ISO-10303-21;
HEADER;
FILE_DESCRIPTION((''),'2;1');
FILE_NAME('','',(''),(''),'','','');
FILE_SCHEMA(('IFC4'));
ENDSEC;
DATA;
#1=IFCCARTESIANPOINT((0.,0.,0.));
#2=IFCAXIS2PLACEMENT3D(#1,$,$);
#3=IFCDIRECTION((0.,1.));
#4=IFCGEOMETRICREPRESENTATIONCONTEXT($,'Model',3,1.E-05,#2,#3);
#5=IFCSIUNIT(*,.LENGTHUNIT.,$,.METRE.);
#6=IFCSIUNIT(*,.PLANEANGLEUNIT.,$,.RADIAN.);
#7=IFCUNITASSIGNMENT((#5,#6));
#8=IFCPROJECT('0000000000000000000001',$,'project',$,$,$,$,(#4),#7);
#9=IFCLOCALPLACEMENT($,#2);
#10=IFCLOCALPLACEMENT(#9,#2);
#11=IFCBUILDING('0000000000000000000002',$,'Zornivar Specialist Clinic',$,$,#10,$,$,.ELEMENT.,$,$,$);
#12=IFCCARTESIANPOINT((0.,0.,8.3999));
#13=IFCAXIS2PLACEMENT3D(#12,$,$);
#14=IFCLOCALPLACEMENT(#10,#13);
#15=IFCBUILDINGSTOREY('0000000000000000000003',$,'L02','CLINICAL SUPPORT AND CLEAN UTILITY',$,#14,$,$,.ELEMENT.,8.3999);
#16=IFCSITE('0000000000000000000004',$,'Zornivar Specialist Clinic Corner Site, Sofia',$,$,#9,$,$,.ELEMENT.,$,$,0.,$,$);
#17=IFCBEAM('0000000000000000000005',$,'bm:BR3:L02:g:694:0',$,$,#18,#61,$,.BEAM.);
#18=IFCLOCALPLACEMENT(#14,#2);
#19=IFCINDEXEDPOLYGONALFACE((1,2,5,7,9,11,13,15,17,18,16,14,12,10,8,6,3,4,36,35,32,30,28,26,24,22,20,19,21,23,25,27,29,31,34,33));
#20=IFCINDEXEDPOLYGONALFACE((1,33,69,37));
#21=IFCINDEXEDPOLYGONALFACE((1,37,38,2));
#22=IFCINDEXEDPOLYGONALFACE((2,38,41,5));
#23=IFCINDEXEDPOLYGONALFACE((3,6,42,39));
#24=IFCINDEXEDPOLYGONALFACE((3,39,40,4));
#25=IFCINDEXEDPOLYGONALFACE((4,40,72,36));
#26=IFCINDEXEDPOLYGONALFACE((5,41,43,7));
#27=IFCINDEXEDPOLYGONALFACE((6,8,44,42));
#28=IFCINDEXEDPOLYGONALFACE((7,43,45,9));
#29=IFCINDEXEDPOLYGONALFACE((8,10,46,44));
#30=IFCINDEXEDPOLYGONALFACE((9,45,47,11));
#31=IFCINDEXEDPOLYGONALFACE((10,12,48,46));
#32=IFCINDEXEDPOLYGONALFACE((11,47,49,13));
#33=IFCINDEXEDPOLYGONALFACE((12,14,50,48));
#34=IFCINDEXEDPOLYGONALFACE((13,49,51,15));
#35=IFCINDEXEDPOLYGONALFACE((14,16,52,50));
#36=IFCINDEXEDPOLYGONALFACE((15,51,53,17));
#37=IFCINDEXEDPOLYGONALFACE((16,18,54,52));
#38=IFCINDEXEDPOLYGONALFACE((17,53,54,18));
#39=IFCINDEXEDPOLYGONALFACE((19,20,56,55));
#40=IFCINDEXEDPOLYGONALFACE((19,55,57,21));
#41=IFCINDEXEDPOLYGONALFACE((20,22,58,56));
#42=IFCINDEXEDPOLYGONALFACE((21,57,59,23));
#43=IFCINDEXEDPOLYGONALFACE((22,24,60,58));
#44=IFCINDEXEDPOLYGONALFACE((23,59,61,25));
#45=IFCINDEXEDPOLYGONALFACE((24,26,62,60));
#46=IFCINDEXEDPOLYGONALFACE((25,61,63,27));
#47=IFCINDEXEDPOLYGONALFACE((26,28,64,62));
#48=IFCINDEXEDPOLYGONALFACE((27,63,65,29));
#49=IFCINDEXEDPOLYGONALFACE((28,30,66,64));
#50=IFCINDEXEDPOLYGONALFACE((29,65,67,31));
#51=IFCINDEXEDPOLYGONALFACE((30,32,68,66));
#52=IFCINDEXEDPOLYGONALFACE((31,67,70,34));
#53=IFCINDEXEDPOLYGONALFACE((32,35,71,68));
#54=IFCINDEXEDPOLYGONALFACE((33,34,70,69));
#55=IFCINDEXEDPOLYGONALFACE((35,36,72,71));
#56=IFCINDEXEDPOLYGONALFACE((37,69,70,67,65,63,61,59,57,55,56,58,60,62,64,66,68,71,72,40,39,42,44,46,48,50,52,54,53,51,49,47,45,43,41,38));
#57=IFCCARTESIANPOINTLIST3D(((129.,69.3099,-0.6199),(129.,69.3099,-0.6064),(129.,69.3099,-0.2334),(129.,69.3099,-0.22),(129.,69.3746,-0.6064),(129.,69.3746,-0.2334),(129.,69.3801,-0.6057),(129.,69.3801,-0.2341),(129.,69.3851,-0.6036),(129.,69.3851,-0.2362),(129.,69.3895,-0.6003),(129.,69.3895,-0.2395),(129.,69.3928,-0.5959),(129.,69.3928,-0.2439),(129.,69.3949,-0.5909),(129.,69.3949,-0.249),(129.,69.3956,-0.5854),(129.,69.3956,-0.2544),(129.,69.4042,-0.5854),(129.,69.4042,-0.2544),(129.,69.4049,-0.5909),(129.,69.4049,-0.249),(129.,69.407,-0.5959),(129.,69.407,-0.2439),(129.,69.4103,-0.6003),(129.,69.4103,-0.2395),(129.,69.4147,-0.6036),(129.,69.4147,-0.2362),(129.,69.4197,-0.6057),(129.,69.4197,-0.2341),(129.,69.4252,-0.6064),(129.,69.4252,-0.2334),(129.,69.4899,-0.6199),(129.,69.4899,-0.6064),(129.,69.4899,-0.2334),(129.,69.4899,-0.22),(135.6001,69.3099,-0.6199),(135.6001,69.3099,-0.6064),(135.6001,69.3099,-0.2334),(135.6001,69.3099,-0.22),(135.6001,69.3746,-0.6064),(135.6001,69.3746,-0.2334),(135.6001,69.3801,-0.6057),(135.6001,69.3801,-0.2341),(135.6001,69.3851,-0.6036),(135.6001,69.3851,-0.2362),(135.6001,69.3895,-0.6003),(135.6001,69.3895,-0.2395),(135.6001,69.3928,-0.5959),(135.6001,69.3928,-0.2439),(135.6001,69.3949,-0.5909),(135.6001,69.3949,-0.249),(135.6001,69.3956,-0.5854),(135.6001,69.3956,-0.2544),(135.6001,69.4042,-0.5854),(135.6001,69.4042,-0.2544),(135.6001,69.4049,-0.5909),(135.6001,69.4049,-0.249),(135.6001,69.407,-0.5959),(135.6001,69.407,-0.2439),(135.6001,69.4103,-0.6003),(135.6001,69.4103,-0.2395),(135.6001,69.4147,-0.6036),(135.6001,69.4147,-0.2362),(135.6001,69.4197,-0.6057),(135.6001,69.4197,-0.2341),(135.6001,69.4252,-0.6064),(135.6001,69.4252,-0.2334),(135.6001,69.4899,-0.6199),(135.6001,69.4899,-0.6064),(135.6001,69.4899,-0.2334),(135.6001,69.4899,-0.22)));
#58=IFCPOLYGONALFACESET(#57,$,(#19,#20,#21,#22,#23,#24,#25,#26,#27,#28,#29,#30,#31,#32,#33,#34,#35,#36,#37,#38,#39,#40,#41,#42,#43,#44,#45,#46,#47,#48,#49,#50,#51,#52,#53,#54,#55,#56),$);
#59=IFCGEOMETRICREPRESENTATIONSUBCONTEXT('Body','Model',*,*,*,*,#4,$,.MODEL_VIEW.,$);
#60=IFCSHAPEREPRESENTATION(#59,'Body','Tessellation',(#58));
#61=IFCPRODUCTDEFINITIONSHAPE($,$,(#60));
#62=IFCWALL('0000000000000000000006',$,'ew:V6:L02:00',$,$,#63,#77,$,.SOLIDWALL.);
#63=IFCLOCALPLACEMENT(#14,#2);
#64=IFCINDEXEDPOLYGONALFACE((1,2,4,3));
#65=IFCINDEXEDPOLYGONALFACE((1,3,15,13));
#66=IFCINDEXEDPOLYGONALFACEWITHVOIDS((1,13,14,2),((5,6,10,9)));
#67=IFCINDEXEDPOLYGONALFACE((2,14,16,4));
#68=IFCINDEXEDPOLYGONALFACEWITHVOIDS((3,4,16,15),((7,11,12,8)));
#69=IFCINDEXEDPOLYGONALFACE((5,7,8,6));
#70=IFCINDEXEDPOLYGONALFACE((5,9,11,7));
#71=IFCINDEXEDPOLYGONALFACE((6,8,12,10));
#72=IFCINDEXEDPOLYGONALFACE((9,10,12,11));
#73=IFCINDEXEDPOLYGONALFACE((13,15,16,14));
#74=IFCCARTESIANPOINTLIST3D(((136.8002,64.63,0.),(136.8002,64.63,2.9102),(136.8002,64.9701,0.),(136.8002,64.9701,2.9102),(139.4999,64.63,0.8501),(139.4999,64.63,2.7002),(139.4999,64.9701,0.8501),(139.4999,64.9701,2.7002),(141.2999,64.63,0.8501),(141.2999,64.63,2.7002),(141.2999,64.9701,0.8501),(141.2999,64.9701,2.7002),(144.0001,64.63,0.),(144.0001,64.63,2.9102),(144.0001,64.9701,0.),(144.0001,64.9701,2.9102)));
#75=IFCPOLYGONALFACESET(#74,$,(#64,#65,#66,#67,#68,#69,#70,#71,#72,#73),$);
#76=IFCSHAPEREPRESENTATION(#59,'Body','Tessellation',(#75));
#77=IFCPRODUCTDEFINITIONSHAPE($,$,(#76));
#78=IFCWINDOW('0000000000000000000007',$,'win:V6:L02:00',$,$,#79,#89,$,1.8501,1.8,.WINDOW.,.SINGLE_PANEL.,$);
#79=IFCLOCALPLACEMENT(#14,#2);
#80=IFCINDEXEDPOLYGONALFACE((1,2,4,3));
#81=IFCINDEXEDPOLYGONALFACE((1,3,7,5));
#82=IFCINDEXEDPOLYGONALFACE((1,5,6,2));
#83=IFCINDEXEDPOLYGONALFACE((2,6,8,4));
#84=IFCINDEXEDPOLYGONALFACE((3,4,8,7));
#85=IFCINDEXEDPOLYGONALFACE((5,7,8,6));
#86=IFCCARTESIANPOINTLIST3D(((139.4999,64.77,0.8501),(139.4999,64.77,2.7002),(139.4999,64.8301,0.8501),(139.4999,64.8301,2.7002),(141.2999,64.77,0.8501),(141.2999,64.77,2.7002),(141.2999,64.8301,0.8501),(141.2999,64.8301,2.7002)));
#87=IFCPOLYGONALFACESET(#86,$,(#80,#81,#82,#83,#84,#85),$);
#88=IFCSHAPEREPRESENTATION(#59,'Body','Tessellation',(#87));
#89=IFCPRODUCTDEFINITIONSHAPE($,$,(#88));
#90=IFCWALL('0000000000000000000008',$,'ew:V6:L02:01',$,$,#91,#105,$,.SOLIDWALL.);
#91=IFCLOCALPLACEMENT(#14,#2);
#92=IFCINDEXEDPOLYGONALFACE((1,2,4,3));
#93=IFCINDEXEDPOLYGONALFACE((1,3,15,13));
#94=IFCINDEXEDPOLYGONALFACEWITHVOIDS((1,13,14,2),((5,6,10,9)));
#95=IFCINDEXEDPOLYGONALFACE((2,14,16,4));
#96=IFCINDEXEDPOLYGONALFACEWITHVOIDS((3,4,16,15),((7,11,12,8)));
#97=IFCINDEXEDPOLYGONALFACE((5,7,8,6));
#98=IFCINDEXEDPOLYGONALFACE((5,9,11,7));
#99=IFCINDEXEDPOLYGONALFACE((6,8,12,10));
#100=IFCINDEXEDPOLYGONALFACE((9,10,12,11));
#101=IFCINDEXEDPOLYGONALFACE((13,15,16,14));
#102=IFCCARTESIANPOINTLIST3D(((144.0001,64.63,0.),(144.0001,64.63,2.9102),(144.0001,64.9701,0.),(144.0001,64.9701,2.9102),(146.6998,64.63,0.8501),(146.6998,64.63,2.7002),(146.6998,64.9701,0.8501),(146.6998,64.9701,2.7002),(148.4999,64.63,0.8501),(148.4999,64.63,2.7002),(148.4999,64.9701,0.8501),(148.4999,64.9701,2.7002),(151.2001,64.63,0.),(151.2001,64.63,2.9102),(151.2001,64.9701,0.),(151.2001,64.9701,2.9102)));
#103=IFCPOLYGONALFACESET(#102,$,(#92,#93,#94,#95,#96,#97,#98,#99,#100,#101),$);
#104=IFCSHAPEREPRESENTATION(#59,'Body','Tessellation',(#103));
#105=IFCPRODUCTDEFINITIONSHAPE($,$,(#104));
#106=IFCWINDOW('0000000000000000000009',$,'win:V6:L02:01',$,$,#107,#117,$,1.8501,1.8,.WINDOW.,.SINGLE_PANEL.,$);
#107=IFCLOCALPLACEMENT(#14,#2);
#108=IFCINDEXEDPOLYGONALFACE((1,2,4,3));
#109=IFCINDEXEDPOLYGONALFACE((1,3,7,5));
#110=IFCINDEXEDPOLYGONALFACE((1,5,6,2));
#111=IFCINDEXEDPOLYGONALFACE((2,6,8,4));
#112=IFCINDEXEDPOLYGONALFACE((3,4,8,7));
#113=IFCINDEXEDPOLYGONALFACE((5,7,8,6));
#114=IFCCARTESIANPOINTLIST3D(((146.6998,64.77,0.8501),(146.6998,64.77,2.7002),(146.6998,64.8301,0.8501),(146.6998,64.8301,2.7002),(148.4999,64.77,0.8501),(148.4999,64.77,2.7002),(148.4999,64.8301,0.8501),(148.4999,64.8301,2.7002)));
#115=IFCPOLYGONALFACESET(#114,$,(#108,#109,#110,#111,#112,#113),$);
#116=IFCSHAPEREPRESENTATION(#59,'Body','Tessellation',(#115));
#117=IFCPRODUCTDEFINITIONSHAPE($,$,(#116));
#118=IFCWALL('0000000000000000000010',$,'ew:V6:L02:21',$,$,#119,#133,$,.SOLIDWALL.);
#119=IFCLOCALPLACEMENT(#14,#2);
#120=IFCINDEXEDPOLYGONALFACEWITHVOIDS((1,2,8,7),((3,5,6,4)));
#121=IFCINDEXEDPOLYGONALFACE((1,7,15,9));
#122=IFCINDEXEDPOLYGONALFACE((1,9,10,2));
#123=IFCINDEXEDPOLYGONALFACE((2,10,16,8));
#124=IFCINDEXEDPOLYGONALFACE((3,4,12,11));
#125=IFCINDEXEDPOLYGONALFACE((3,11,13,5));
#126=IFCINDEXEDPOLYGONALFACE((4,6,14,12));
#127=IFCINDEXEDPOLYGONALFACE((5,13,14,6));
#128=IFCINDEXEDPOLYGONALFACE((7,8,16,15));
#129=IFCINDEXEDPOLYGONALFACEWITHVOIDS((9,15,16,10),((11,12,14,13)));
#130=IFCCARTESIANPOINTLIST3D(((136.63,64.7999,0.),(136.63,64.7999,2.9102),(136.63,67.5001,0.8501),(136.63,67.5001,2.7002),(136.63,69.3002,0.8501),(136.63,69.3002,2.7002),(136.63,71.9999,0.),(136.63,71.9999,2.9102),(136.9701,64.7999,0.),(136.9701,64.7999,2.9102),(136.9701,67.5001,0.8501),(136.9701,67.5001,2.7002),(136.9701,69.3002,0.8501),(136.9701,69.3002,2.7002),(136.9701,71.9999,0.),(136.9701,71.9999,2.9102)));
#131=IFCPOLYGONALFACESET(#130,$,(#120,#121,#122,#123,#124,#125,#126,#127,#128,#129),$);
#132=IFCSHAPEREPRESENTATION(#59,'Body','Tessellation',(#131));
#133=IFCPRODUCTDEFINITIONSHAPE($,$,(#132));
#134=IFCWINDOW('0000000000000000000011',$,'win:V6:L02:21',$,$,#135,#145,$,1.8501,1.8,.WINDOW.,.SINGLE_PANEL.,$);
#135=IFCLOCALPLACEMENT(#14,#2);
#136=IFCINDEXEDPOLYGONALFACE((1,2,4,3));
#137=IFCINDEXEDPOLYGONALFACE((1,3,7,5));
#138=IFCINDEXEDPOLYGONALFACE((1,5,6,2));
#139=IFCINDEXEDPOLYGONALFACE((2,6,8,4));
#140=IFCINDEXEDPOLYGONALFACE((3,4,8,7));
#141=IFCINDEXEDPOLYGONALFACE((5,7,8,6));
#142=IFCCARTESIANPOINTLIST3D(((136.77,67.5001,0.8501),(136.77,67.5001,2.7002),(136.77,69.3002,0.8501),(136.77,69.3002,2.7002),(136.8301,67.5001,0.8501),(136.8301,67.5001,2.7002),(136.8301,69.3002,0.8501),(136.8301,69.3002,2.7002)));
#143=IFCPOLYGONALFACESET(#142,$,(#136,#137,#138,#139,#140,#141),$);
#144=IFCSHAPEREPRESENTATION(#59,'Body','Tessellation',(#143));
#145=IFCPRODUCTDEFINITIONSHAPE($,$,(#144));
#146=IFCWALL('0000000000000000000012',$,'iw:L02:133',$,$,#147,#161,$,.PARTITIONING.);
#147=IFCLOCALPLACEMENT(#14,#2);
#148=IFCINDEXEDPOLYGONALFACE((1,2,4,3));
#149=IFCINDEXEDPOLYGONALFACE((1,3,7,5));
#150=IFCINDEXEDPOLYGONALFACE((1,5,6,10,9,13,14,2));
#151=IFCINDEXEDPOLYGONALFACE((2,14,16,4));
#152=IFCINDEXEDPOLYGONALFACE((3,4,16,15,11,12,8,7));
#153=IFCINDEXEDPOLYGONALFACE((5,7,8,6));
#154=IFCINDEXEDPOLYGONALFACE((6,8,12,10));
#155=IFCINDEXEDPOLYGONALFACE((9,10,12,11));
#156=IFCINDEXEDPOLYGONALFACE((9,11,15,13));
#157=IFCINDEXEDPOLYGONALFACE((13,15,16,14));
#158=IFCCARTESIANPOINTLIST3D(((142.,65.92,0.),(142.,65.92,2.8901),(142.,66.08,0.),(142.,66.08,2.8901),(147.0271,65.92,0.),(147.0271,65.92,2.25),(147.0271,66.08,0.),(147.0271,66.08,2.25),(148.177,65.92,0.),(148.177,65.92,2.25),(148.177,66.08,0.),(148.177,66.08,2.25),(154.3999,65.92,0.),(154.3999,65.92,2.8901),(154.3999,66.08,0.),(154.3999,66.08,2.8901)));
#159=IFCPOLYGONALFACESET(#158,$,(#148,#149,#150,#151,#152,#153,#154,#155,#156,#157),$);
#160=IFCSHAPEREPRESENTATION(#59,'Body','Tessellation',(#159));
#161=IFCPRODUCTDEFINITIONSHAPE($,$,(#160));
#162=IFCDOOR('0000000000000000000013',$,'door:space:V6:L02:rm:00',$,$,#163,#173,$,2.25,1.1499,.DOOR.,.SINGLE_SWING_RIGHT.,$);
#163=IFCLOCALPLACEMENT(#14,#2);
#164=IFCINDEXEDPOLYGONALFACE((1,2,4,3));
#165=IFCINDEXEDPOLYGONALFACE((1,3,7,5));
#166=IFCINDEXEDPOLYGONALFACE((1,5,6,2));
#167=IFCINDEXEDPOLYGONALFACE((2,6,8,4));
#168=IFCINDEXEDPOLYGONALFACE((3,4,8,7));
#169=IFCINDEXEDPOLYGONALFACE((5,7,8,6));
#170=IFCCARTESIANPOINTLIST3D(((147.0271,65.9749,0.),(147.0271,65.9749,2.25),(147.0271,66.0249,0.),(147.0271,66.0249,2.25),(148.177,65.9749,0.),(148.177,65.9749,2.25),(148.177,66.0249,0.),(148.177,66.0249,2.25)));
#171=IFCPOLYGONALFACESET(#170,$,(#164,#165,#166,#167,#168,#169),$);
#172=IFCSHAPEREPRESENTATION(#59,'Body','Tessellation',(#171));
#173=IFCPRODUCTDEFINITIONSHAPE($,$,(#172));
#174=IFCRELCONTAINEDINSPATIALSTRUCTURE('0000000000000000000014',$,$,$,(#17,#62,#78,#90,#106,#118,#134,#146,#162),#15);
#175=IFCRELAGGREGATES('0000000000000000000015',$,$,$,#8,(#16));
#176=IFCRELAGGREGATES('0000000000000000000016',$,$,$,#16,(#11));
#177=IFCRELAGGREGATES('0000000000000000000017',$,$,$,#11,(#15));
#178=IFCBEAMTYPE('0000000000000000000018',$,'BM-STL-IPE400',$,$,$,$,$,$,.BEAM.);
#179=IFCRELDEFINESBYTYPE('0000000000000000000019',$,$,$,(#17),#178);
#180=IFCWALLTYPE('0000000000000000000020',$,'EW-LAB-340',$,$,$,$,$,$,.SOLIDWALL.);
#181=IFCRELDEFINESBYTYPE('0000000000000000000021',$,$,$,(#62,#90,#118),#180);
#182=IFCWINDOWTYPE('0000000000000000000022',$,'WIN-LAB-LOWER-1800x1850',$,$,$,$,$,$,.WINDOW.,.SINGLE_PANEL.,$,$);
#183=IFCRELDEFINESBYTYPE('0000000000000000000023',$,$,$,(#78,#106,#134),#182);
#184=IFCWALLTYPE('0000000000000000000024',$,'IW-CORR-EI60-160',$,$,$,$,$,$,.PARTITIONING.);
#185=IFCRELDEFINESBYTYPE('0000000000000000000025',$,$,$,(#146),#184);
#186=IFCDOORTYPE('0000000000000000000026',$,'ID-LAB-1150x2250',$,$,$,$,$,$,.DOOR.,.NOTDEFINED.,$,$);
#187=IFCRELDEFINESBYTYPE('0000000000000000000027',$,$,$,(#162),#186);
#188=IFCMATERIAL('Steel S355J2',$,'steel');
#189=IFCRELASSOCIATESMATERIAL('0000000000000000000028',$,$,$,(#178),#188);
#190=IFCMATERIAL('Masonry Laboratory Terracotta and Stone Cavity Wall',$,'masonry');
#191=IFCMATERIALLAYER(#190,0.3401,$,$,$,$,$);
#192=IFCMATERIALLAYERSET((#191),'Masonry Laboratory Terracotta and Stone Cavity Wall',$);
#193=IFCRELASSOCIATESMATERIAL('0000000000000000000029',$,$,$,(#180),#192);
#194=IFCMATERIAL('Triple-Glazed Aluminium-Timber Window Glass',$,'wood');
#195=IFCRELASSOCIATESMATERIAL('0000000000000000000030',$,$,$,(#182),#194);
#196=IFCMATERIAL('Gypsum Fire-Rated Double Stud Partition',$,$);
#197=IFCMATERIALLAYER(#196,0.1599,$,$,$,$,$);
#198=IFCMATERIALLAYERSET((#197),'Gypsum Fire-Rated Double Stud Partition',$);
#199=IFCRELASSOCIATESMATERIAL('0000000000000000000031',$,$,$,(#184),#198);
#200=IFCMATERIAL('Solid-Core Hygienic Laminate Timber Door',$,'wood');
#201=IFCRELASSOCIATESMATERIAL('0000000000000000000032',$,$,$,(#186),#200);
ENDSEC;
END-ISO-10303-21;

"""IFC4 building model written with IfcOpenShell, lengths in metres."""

from ifc_helpers import new_model, si_unit, direction, frame, frame_2d, origin, origin_2d, place, context, subcontext, project, spatial, rectangle, i_section, extrude, material, layer, layer_set, material_profile, profile_set, type_object, element, fill, save


model = new_model("IFC4")

# Units and contexts
model_context = context("Model", 3, precision=1e-05, world=origin(), true_north=direction((0.0, 1.0)))
body_context = subcontext(model_context, "Body", "Model", "MODEL_VIEW")
ifc_project = project(units=[si_unit("LENGTHUNIT", "METRE"), si_unit("PLANEANGLEUNIT", "RADIAN")], contexts=[model_context])

# Site, building, storey
site_placement = place(None, origin())
site = spatial("IfcSite", under=ifc_project, at=site_placement, Name="Zornivar Specialist Clinic Corner Site, Sofia", CompositionType="ELEMENT", RefElevation=0.0)
building_placement = place(site_placement, origin())
building = spatial("IfcBuilding", under=site, at=building_placement, Name="Zornivar Specialist Clinic", CompositionType="ELEMENT")
storey_placement = place(building_placement, frame((0.0, 0.0, 8.3999)))
storey = spatial("IfcBuildingStorey", under=building, at=storey_placement, Name="L02", Description="CLINICAL SUPPORT AND CLEAN UTILITY", CompositionType="ELEMENT", Elevation=8.3999)

# Beam
ifc_material_1 = material(Name="Steel S355J2", Category="steel")
ifc_material_profile_1 = material_profile(ifc_material_1, i_section(OverallWidth=0.1799, OverallDepth=0.3999, WebThickness=0.0085, FlangeThickness=0.0134, FilletRadius=0.021, at=origin_2d()), Name="IPE 400")
ifc_profile_set_1 = profile_set([ifc_material_profile_1], Name="Steel S355J2")
beam_type_1 = type_object("IfcBeamType", Name="BM-STL-IPE400", PredefinedType="BEAM", material=ifc_profile_set_1)
beam_1_placement = place(storey_placement, frame((129.0, 69.3999, -0.4199), z_axis=(1.0, 0.0, 0.0), x_axis=(0.0, 1.0, 0.0)))
element("IfcBeam", 1, at=beam_1_placement, inside=storey, type_object=beam_type_1, Name="bm:BR3:L02:g:694:0", PredefinedType="BEAM", context=body_context, shape_type="SweptSolid", body=[
    extrude(i_section(OverallWidth=0.1799, OverallDepth=0.3999, WebThickness=0.0085, FlangeThickness=0.0134, FilletRadius=0.021, at=origin_2d()), origin(), (0.0, 0.0, 1.0), 6.6001),
])

# Walls, openings, windows
ifc_material_2 = material(Name="Masonry Laboratory Terracotta and Stone Cavity Wall", Category="masonry")
ifc_layer_1 = layer(ifc_material_2, 0.3401)
ifc_layer_set_1 = layer_set([ifc_layer_1], Name="Masonry Laboratory Terracotta and Stone Cavity Wall")
wall_type_1 = type_object("IfcWallType", Name="EW-LAB-340", PredefinedType="SOLIDWALL", material=ifc_layer_set_1)
wall_1_placement = place(storey_placement, frame((136.8, 64.8, 0.0), z_axis=(0.0, 0.0, 1.0), x_axis=(1.0, 0.0, 0.0)))
wall_1 = element("IfcWall", 2, at=wall_1_placement, inside=storey, type_object=wall_type_1, Name="ew:V6:L02:00", PredefinedType="SOLIDWALL", context=body_context, shape_type="SweptSolid", body=[
    extrude(rectangle(XDim=7.2, YDim=0.3401, at=frame_2d((3.6001, 0.0))), origin(), (0.0, 0.0, 1.0), 2.9102),
])
opening_1_placement = place(wall_1_placement, frame((2.7, 0.0, 0.8501)))
opening_1 = element("IfcOpeningElement", 3, at=opening_1_placement, cuts=wall_1, PredefinedType="OPENING", context=body_context, shape_type="SweptSolid", body=[
    extrude(rectangle(XDim=1.8, YDim=1.8501, at=frame_2d((0.8999, 0.925))), frame((0.0, 0.1799, 0.0), z_axis=(0.0, -1.0, 0.0), x_axis=(1.0, 0.0, 0.0)), (0.0, 0.0, 1.0), 0.3601),
])
ifc_material_3 = material(Name="Triple-Glazed Aluminium-Timber Window Glass", Category="wood")
window_type = type_object("IfcWindowType", Name="WIN-LAB-LOWER-1800x1850", PartitioningType="SINGLE_PANEL", PredefinedType="WINDOW", material=ifc_material_3)
window_1_placement = place(opening_1_placement, origin())
window_1 = element("IfcWindow", 4, at=window_1_placement, inside=storey, type_object=window_type, Name="win:V6:L02:00", OverallHeight=1.8501, OverallWidth=1.8, PartitioningType="SINGLE_PANEL", PredefinedType="WINDOW", context=body_context, shape_type="SweptSolid", body=[
    extrude(rectangle(XDim=1.8, YDim=1.8501, at=frame_2d((0.8999, 0.925))), frame((0.0, 0.03, 0.0), z_axis=(0.0, -1.0, 0.0), x_axis=(1.0, 0.0, 0.0)), (0.0, 0.0, 1.0), 0.0601),
])
fill(opening_1, window_1)
wall_2_placement = place(storey_placement, frame((144.0, 64.8, 0.0), z_axis=(0.0, 0.0, 1.0), x_axis=(1.0, 0.0, 0.0)))
wall_2 = element("IfcWall", 5, at=wall_2_placement, inside=storey, type_object=wall_type_1, Name="ew:V6:L02:01", PredefinedType="SOLIDWALL", context=body_context, shape_type="SweptSolid", body=[
    extrude(rectangle(XDim=7.2, YDim=0.3401, at=frame_2d((3.6001, 0.0))), origin(), (0.0, 0.0, 1.0), 2.9102),
])
opening_2_placement = place(wall_2_placement, frame((2.7, 0.0, 0.8501)))
opening_2 = element("IfcOpeningElement", 6, at=opening_2_placement, cuts=wall_2, PredefinedType="OPENING", context=body_context, shape_type="SweptSolid", body=[
    extrude(rectangle(XDim=1.8, YDim=1.8501, at=frame_2d((0.8999, 0.925))), frame((0.0, 0.1799, 0.0), z_axis=(0.0, -1.0, 0.0), x_axis=(1.0, 0.0, 0.0)), (0.0, 0.0, 1.0), 0.3601),
])
window_2_placement = place(opening_2_placement, origin())
window_2 = element("IfcWindow", 7, at=window_2_placement, inside=storey, type_object=window_type, Name="win:V6:L02:01", OverallHeight=1.8501, OverallWidth=1.8, PartitioningType="SINGLE_PANEL", PredefinedType="WINDOW", context=body_context, shape_type="SweptSolid", body=[
    extrude(rectangle(XDim=1.8, YDim=1.8501, at=frame_2d((0.8999, 0.925))), frame((0.0, 0.03, 0.0), z_axis=(0.0, -1.0, 0.0), x_axis=(1.0, 0.0, 0.0)), (0.0, 0.0, 1.0), 0.0601),
])
fill(opening_2, window_2)
wall_3_placement = place(storey_placement, frame((136.8, 72.0, 0.0), z_axis=(0.0, 0.0, 1.0), x_axis=(0.0, -1.0, 0.0)))
wall_3 = element("IfcWall", 8, at=wall_3_placement, inside=storey, type_object=wall_type_1, Name="ew:V6:L02:21", PredefinedType="SOLIDWALL", context=body_context, shape_type="SweptSolid", body=[
    extrude(rectangle(XDim=7.2, YDim=0.3401, at=frame_2d((3.6001, 0.0))), origin(), (0.0, 0.0, 1.0), 2.9102),
])
opening_3_placement = place(wall_3_placement, frame((2.7, 0.0, 0.8501)))
opening_3 = element("IfcOpeningElement", 9, at=opening_3_placement, cuts=wall_3, PredefinedType="OPENING", context=body_context, shape_type="SweptSolid", body=[
    extrude(rectangle(XDim=1.8, YDim=1.8501, at=frame_2d((0.8999, 0.925))), frame((0.0, 0.1799, 0.0), z_axis=(0.0, -1.0, 0.0), x_axis=(1.0, 0.0, 0.0)), (0.0, 0.0, 1.0), 0.3601),
])
window_3_placement = place(opening_3_placement, origin())
window_3 = element("IfcWindow", 10, at=window_3_placement, inside=storey, type_object=window_type, Name="win:V6:L02:21", OverallHeight=1.8501, OverallWidth=1.8, PartitioningType="SINGLE_PANEL", PredefinedType="WINDOW", context=body_context, shape_type="SweptSolid", body=[
    extrude(rectangle(XDim=1.8, YDim=1.8501, at=frame_2d((0.8999, 0.925))), frame((0.0, 0.03, 0.0), z_axis=(0.0, -1.0, 0.0), x_axis=(1.0, 0.0, 0.0)), (0.0, 0.0, 1.0), 0.0601),
])
fill(opening_3, window_3)

# Wall, opening, door
ifc_material_4 = material(Name="Gypsum Fire-Rated Double Stud Partition")
ifc_layer_2 = layer(ifc_material_4, 0.1599)
ifc_layer_set_2 = layer_set([ifc_layer_2], Name="Gypsum Fire-Rated Double Stud Partition")
wall_type_2 = type_object("IfcWallType", Name="IW-CORR-EI60-160", PredefinedType="PARTITIONING", material=ifc_layer_set_2)
wall_4_placement = place(storey_placement, frame((142.0, 66.0, 0.0), z_axis=(0.0, 0.0, 1.0), x_axis=(1.0, 0.0, 0.0)))
wall_4 = element("IfcWall", 11, at=wall_4_placement, inside=storey, type_object=wall_type_2, Name="iw:L02:133", PredefinedType="PARTITIONING", context=body_context, shape_type="SweptSolid", body=[
    extrude(rectangle(XDim=12.3999, YDim=0.1599, at=frame_2d((6.2, 0.0))), origin(), (0.0, 0.0, 1.0), 2.8901),
])
opening_4_placement = place(wall_4_placement, frame((5.0271, 0.0, 0.0)))
opening_4 = element("IfcOpeningElement", 12, at=opening_4_placement, cuts=wall_4, PredefinedType="OPENING", context=body_context, shape_type="SweptSolid", body=[
    extrude(rectangle(XDim=1.1499, YDim=2.25, at=frame_2d((0.575, 1.125))), frame((0.0, 0.0898, 0.0), z_axis=(0.0, -1.0, 0.0), x_axis=(1.0, 0.0, 0.0)), (0.0, 0.0, 1.0), 0.1799),
])
ifc_material_5 = material(Name="Solid-Core Hygienic Laminate Timber Door", Category="wood")
door_type = type_object("IfcDoorType", Name="ID-LAB-1150x2250", OperationType="NOTDEFINED", PredefinedType="DOOR", material=ifc_material_5)
door_placement = place(opening_4_placement, origin())
door = element("IfcDoor", 13, at=door_placement, inside=storey, type_object=door_type, Name="door:space:V6:L02:rm:00", OperationType="SINGLE_SWING_RIGHT", OverallHeight=2.25, OverallWidth=1.1499, PredefinedType="DOOR", context=body_context, shape_type="SweptSolid", body=[
    extrude(rectangle(XDim=1.1499, YDim=2.25, at=frame_2d((0.575, 1.125))), frame((0.0, 0.0249, 0.0), z_axis=(0.0, -1.0, 0.0), x_axis=(1.0, 0.0, 0.0)), (0.0, 0.0, 1.0), 0.05),
])
fill(opening_4, door)

save(model, "model.ifc")
